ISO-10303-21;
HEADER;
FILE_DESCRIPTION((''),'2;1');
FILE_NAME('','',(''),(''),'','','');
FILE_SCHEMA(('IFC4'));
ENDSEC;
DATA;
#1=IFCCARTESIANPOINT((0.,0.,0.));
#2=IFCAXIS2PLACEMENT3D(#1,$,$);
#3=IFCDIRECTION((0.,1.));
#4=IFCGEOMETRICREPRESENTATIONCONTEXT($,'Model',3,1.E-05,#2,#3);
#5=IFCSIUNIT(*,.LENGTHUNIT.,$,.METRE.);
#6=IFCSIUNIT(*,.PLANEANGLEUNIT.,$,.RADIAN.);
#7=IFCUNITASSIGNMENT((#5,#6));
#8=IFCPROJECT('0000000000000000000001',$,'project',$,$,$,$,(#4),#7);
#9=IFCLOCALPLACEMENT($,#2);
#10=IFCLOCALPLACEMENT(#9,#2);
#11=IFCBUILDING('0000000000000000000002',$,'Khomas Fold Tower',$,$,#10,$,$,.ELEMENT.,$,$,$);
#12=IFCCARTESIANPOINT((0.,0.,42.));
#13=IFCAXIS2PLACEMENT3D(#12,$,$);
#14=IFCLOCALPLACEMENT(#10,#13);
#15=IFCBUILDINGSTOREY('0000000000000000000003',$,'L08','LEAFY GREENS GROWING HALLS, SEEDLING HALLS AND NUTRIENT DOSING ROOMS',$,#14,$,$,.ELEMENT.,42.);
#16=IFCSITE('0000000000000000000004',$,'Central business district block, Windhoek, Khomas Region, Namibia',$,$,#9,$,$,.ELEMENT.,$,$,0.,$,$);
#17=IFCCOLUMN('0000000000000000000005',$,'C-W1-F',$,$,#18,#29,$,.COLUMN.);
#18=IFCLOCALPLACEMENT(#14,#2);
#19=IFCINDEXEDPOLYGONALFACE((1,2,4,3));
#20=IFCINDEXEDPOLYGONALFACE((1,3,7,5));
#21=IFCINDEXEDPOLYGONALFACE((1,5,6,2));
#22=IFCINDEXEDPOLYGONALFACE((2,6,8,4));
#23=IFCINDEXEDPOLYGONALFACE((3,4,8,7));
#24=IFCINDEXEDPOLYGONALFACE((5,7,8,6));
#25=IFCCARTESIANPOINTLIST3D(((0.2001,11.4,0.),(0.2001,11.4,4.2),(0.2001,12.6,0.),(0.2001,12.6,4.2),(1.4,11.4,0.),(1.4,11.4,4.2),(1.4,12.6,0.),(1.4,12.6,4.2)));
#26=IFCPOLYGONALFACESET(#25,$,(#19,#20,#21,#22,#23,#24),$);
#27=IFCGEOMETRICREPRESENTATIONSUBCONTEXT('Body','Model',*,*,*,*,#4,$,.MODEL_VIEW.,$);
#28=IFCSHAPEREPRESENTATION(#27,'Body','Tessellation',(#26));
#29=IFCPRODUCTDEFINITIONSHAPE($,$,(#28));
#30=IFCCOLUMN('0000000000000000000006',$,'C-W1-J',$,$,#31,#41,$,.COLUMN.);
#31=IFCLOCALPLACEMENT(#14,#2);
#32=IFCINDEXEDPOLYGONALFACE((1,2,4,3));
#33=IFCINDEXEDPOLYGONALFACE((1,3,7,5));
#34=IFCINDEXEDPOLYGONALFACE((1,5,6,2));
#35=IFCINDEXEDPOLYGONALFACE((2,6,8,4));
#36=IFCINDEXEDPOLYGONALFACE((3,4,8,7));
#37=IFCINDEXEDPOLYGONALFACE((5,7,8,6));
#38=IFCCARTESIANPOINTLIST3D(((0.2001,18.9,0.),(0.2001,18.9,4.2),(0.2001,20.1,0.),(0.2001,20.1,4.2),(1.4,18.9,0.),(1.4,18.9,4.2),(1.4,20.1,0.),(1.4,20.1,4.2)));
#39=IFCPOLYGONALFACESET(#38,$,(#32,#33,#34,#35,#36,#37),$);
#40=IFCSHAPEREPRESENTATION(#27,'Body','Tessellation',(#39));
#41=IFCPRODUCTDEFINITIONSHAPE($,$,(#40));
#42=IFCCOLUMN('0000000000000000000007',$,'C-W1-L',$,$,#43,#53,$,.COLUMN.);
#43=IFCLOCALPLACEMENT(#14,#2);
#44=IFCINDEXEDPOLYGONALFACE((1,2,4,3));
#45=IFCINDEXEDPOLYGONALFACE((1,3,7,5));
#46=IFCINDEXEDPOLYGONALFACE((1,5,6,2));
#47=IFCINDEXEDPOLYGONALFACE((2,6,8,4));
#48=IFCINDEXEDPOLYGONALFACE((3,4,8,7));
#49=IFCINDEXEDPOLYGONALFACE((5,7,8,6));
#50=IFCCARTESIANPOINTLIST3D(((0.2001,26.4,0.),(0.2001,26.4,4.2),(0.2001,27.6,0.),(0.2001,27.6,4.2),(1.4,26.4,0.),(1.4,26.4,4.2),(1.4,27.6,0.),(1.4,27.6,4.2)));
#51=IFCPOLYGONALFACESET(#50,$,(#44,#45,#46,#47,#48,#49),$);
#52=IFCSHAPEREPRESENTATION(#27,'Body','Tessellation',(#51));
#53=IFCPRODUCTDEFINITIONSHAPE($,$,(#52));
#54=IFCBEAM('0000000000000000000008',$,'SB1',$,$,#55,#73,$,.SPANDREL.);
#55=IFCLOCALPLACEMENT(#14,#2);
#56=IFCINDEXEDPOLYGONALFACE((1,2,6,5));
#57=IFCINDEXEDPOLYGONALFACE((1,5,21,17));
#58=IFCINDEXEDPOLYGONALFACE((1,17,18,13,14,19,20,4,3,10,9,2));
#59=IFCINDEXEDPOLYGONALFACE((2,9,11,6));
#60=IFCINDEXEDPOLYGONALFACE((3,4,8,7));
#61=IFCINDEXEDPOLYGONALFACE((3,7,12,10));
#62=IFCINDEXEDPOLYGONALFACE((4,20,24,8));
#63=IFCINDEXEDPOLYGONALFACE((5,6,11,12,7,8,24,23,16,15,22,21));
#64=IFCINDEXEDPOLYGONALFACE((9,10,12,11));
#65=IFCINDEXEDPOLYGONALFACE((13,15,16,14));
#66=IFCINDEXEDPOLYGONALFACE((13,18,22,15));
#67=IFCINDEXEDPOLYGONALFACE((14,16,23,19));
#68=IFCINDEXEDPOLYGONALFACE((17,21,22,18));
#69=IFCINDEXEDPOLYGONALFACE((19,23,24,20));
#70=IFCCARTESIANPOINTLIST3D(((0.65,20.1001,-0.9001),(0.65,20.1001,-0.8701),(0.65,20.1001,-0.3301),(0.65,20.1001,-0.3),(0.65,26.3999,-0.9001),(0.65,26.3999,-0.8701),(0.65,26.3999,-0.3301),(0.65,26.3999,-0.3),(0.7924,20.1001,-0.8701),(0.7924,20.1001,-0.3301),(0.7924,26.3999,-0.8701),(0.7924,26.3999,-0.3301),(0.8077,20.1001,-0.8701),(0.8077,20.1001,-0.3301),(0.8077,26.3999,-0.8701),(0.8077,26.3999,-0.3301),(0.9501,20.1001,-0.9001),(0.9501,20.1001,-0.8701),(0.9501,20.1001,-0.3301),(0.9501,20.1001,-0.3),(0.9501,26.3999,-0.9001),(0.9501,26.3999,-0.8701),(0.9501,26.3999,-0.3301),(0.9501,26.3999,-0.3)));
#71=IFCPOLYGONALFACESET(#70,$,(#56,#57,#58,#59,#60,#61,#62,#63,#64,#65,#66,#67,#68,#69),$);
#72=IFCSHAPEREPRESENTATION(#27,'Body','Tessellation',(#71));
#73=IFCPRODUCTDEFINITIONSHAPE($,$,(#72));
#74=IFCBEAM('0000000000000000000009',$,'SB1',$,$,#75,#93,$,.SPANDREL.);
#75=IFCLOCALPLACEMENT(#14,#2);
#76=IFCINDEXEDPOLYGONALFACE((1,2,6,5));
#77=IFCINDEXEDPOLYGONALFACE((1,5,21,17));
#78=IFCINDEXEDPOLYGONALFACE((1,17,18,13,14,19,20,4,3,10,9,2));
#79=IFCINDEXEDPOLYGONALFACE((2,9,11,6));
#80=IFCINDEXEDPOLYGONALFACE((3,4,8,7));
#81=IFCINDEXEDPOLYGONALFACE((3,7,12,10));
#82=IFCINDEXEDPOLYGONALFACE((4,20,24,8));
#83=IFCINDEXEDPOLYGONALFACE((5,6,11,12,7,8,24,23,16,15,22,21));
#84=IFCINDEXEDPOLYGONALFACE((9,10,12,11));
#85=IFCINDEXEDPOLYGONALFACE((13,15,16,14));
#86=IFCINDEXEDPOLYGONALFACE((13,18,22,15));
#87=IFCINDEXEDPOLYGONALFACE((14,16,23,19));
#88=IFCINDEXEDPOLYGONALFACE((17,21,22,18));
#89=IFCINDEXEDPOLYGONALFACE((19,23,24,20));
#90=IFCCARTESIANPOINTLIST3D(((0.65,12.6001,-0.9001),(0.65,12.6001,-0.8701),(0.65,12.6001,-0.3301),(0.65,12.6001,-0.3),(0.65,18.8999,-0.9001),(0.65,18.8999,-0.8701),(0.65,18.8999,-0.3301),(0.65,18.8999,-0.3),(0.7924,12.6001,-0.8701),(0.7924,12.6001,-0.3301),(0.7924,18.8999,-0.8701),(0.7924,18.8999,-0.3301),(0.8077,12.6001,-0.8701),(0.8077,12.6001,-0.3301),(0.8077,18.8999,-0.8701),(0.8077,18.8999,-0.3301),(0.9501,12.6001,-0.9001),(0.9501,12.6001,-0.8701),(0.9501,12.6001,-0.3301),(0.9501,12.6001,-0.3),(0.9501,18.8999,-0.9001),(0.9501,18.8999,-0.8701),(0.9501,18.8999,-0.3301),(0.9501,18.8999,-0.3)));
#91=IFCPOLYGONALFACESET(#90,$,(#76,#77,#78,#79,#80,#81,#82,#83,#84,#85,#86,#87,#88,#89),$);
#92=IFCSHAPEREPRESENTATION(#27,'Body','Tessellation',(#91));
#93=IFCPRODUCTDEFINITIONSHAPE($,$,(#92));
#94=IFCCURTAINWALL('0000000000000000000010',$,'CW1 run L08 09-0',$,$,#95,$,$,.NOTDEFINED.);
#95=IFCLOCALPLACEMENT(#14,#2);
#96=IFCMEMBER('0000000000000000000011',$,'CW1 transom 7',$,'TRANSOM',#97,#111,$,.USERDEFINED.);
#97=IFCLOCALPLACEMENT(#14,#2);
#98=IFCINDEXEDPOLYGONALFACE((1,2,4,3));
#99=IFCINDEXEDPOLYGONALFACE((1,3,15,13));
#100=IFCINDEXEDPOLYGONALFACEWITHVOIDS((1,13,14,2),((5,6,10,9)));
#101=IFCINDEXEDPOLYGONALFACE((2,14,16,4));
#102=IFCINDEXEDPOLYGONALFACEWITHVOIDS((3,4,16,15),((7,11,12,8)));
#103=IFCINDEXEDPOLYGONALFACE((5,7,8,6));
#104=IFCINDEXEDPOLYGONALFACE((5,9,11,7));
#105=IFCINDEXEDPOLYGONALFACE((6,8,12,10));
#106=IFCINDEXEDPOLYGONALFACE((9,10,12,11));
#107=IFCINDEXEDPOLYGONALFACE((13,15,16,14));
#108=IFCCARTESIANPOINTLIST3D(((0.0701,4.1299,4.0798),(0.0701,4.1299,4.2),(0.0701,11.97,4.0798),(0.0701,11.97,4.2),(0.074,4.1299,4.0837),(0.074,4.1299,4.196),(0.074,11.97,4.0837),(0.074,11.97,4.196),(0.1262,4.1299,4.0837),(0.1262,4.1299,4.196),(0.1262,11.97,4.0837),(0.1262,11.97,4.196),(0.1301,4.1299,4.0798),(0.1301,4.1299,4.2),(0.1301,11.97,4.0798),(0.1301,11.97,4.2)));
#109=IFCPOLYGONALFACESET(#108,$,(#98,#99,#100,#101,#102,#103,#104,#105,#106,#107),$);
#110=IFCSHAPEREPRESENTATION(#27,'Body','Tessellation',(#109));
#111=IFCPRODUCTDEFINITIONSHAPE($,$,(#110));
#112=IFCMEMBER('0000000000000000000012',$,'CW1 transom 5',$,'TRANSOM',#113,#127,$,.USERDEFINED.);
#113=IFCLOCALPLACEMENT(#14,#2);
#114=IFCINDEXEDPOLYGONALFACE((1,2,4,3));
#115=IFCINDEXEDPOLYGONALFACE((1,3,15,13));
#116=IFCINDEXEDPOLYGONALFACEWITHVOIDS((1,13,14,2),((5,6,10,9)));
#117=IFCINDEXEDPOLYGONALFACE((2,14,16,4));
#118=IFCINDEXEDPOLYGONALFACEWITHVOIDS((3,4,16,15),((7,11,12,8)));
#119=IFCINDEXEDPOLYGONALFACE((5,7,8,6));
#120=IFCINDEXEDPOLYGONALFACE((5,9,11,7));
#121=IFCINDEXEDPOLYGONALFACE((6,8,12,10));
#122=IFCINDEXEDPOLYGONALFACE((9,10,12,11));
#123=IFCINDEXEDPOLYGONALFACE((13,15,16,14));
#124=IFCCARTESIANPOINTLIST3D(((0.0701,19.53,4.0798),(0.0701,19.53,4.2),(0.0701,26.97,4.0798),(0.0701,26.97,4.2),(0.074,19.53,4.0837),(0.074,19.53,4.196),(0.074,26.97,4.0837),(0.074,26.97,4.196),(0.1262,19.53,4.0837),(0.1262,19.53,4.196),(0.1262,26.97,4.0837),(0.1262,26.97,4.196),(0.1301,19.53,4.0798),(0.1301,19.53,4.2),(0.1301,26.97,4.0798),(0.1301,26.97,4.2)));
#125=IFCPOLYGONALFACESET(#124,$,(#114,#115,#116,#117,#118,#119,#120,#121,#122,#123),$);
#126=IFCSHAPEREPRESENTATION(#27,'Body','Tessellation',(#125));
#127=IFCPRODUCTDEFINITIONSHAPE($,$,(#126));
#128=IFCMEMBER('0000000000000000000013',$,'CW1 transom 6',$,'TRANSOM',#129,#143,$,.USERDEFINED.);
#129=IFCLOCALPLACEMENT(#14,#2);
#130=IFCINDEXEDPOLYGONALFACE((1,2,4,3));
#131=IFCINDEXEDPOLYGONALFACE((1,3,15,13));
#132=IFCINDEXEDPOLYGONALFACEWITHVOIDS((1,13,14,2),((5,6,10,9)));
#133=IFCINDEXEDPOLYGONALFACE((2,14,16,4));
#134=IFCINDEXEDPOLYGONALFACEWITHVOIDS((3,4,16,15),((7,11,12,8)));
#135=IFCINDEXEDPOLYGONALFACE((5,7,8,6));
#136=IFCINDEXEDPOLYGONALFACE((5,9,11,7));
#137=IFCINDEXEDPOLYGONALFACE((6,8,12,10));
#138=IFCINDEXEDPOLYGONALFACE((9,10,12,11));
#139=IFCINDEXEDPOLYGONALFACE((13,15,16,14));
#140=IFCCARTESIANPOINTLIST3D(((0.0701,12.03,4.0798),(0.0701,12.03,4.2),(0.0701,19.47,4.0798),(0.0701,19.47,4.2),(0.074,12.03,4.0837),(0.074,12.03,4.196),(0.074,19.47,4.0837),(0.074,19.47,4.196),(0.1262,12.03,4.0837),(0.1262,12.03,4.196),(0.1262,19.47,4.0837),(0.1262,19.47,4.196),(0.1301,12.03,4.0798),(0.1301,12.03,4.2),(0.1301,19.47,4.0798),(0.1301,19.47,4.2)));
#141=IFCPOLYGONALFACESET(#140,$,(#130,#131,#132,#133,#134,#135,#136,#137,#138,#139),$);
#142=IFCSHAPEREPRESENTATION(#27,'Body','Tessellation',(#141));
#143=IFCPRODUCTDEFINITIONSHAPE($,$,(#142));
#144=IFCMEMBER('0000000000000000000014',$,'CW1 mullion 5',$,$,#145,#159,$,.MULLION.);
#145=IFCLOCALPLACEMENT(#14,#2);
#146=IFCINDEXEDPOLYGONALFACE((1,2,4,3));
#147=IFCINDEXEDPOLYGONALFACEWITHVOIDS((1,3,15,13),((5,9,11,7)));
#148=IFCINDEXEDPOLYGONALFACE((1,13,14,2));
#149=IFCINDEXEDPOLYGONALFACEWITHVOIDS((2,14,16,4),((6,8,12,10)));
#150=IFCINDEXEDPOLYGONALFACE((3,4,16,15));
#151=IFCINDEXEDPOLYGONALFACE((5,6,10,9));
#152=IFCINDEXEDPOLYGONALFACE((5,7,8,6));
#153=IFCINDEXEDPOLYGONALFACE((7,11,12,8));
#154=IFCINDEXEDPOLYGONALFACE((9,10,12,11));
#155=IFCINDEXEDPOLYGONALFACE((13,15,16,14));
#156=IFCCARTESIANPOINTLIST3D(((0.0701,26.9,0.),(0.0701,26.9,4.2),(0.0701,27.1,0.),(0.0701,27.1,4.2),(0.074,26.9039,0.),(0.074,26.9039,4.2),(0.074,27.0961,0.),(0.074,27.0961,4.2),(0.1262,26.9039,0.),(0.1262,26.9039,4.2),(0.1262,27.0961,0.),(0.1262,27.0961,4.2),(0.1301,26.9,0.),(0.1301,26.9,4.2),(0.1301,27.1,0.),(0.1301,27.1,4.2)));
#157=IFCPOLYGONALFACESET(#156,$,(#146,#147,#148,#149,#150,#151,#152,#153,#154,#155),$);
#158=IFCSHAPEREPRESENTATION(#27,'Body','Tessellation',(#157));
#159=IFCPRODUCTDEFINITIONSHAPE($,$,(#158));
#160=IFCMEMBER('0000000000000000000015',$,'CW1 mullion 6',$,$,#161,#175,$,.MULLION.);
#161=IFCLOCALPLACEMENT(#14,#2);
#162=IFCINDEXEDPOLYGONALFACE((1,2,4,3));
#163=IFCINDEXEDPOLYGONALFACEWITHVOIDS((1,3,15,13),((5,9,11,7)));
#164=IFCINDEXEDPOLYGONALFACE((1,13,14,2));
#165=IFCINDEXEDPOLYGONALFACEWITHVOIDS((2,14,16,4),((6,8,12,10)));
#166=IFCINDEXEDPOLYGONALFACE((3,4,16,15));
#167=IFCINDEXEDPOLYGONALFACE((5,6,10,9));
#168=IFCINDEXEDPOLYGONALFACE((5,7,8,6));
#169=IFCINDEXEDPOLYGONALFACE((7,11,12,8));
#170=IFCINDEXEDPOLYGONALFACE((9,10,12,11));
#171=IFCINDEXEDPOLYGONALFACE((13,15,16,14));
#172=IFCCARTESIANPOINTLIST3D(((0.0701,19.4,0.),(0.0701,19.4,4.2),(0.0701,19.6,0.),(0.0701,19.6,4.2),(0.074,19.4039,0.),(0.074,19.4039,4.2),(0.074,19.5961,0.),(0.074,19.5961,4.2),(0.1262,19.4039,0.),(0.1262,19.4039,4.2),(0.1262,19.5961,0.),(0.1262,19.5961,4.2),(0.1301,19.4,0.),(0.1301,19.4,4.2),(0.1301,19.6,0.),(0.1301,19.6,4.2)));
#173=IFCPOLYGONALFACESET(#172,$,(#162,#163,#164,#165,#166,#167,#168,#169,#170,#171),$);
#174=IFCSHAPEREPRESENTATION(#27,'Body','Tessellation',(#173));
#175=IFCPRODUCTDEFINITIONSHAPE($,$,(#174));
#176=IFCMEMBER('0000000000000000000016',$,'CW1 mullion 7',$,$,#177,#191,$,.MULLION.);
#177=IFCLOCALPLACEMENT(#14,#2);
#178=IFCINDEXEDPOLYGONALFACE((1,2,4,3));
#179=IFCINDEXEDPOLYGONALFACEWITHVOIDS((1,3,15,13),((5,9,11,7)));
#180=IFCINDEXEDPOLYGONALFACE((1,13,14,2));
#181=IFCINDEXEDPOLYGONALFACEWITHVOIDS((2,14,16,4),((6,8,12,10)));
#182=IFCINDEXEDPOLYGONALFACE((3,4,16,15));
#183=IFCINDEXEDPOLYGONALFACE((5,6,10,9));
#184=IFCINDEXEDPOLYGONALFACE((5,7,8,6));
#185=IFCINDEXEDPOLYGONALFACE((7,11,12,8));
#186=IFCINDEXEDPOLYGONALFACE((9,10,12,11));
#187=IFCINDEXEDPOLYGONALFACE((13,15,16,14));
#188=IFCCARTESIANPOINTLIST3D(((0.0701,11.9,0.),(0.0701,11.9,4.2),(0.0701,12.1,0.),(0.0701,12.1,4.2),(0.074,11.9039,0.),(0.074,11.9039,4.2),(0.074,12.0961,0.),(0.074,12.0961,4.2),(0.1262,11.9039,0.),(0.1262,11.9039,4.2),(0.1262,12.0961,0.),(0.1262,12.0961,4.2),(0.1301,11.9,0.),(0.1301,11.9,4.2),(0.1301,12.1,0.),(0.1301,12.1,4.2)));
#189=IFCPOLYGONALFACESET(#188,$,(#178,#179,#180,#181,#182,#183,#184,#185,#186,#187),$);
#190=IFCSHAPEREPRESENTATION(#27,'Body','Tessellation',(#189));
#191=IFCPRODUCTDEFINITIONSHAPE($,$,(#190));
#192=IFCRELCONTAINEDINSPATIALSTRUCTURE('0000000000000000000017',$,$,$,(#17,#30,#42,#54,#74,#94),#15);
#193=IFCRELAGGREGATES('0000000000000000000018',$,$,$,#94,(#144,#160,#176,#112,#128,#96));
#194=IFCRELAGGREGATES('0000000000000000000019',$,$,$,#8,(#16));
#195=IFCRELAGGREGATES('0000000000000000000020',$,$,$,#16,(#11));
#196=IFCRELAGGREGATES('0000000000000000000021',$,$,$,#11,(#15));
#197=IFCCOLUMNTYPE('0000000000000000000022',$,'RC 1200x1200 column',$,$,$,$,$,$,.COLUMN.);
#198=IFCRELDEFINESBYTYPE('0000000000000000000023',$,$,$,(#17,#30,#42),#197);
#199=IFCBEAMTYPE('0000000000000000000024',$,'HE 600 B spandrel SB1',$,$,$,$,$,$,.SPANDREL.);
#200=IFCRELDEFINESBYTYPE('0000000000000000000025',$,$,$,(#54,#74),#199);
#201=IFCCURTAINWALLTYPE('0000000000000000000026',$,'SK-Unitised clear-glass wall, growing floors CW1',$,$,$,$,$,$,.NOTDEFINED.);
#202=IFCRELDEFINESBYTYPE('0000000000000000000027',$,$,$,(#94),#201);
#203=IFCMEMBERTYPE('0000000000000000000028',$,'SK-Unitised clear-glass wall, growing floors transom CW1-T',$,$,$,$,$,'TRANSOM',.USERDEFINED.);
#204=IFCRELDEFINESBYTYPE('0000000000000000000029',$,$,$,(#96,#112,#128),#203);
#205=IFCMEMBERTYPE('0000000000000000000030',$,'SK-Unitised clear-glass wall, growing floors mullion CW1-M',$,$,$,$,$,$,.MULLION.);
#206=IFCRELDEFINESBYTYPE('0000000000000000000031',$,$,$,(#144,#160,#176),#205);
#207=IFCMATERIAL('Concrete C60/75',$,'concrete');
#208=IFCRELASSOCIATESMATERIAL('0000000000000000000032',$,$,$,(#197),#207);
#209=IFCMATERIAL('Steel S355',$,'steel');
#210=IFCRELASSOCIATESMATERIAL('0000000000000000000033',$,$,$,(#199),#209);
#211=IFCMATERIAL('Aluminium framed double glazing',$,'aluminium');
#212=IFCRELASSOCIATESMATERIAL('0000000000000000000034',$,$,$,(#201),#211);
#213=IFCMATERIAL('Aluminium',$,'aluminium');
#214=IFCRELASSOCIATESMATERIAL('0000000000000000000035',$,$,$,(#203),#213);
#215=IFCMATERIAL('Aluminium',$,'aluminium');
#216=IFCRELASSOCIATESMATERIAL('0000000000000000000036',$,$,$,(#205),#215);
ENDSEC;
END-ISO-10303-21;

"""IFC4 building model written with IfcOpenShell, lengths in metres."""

from ifc_helpers import new_model, si_unit, direction, frame, origin, origin_2d, place, context, subcontext, project, spatial, rectangle, hollow_rectangle, i_section, extrude, source, transform, mapped, material, material_profile, profile_set, type_object, element, aggregate, save


model = new_model("IFC4")

# Units and contexts
model_context = context("Model", 3, precision=1e-05, world=origin(), true_north=direction((0.0, 1.0)))
body_context = subcontext(model_context, "Body", "Model", "MODEL_VIEW")
ifc_project = project(units=[si_unit("LENGTHUNIT", "METRE"), si_unit("PLANEANGLEUNIT", "RADIAN")], contexts=[model_context])

# Site, building, storey
site_placement = place(None, origin())
site = spatial("IfcSite", under=ifc_project, at=site_placement, Name="Central business district block, Windhoek, Khomas Region, Namibia", CompositionType="ELEMENT", RefElevation=0.0)
building_placement = place(site_placement, origin())
building = spatial("IfcBuilding", under=site, at=building_placement, Name="Khomas Fold Tower", CompositionType="ELEMENT")
storey_placement = place(building_placement, frame((0.0, 0.0, 42.0)))
storey = spatial("IfcBuildingStorey", under=building, at=storey_placement, Name="L08", Description="LEAFY GREENS GROWING HALLS, SEEDLING HALLS AND NUTRIENT DOSING ROOMS", CompositionType="ELEMENT", Elevation=42.0)

# Columns
ifc_material_1 = material(Name="Concrete C60/75", Category="concrete")
ifc_material_profile_1 = material_profile(ifc_material_1, rectangle(XDim=1.2, YDim=1.2, at=origin_2d()), Name="RC 1200x1200")
ifc_profile_set_1 = profile_set([ifc_material_profile_1], Name="Concrete C60/75")
column_type = type_object("IfcColumnType", Name="RC 1200x1200 column", PredefinedType="COLUMN", material=ifc_profile_set_1)
shared_shape_1 = source(origin(), body_context, "Body", "SweptSolid", [
    extrude(rectangle(XDim=1.2, YDim=1.2, at=origin_2d()), origin(), (0.0, 0.0, 1.0), 4.2),
])
for number, where, z_axis, x_axis, name in (
    (1, (0.8, 12.0, 0.0), (0.0, 0.0, 1.0), (1.0, 0.0, 0.0), "C-W1-F"),
    (2, (0.8, 19.5, 0.0), (0.0, 0.0, 1.0), (1.0, 0.0, 0.0), "C-W1-J"),
    (3, (0.8, 27.0, 0.0), (0.0, 0.0, 1.0), (1.0, 0.0, 0.0), "C-W1-L"),
):
    element("IfcColumn", number, at=place(storey_placement, frame(where, z_axis=z_axis, x_axis=x_axis)), inside=storey, type_object=column_type, Name=name, PredefinedType="COLUMN", context=body_context, shape_type="MappedRepresentation", body=[
        mapped(shared_shape_1, transform((0.0, 0.0, 0.0))),
    ])

# Beams
ifc_material_2 = material(Name="Steel S355", Category="steel")
ifc_material_profile_2 = material_profile(ifc_material_2, i_section(OverallWidth=0.3, OverallDepth=0.6001, WebThickness=0.0154, FlangeThickness=0.03, at=origin_2d()), Name="HE 600 B")
ifc_profile_set_2 = profile_set([ifc_material_profile_2], Name="Steel S355")
beam_type = type_object("IfcBeamType", Name="HE 600 B spandrel SB1", PredefinedType="SPANDREL", material=ifc_profile_set_2)
shared_shape_2 = source(origin(), body_context, "Body", "SweptSolid", [
    extrude(i_section(OverallWidth=0.3, OverallDepth=0.6001, WebThickness=0.0154, FlangeThickness=0.03, at=origin_2d()), origin(), (0.0, 0.0, 1.0), 6.2998),
])
for number, where, z_axis, x_axis, name in (
    (4, (0.8, 20.1001, -0.6001), (0.0, 1.0, 0.0), (-1.0, 0.0, 0.0), "SB1"),
    (5, (0.8, 12.6001, -0.6001), (0.0, 1.0, 0.0), (-1.0, 0.0, 0.0), "SB1"),
):
    element("IfcBeam", number, at=place(storey_placement, frame(where, z_axis=z_axis, x_axis=x_axis)), inside=storey, type_object=beam_type, Name=name, PredefinedType="SPANDREL", context=body_context, shape_type="MappedRepresentation", body=[
        mapped(shared_shape_2, transform((0.0, 0.0, 0.0))),
    ])

# Curtain wall, members
ifc_material_3 = material(Name="Aluminium framed double glazing", Category="aluminium")
curtain_wall_type = type_object("IfcCurtainWallType", Name="SK-Unitised clear-glass wall, growing floors CW1", PredefinedType="NOTDEFINED", material=ifc_material_3)
curtain_wall_placement = place(storey_placement, origin())
curtain_wall = element("IfcCurtainWall", 6, at=curtain_wall_placement, inside=storey, type_object=curtain_wall_type, Name="CW1 run L08 09-0", PredefinedType="NOTDEFINED")
ifc_material_4 = material(Name="Aluminium", Category="aluminium")
ifc_material_profile_3 = material_profile(ifc_material_4, hollow_rectangle(XDim=0.0601, YDim=0.1201, WallThickness=0.0039, at=origin_2d()), Name="SK-Unitised clear-glass wall, growing floors transom CW1-T")
ifc_profile_set_3 = profile_set([ifc_material_profile_3], Name="Aluminium")
member_type_1 = type_object("IfcMemberType", Name="SK-Unitised clear-glass wall, growing floors transom CW1-T", ElementType="TRANSOM", PredefinedType="USERDEFINED", material=ifc_profile_set_3)
shared_shape_3 = source(origin(), body_context, "Body", "SweptSolid", [
    extrude(hollow_rectangle(XDim=0.0601, YDim=0.1201, WallThickness=0.0039, at=origin_2d()), origin(), (0.0, 0.0, 1.0), 7.8401),
])
member_1_placement = place(storey_placement, frame((0.1001, 11.97, 4.1399), z_axis=(0.0, -1.0, 0.0), x_axis=(1.0, 0.0, 0.0)))
member_1 = element("IfcMember", 7, at=member_1_placement, type_object=member_type_1, Name="CW1 transom 7", ObjectType="TRANSOM", PredefinedType="USERDEFINED", context=body_context, shape_type="MappedRepresentation", body=[
    mapped(shared_shape_3, transform((0.0, 0.0, 0.0))),
])
shared_shape_4 = source(origin(), body_context, "Body", "SweptSolid", [
    extrude(hollow_rectangle(XDim=0.0601, YDim=0.1201, WallThickness=0.0039, at=origin_2d()), origin(), (0.0, 0.0, 1.0), 7.4399),
])
member_2_placement = place(storey_placement, frame((0.1001, 26.97, 4.1399), z_axis=(0.0, -1.0, 0.0), x_axis=(1.0, 0.0, 0.0)))
member_2 = element("IfcMember", 8, at=member_2_placement, type_object=member_type_1, Name="CW1 transom 5", ObjectType="TRANSOM", PredefinedType="USERDEFINED", context=body_context, shape_type="MappedRepresentation", body=[
    mapped(shared_shape_4, transform((0.0, 0.0, 0.0))),
])
member_3_placement = place(storey_placement, frame((0.1001, 19.47, 4.1399), z_axis=(0.0, -1.0, 0.0), x_axis=(1.0, 0.0, 0.0)))
member_3 = element("IfcMember", 9, at=member_3_placement, type_object=member_type_1, Name="CW1 transom 6", ObjectType="TRANSOM", PredefinedType="USERDEFINED", context=body_context, shape_type="MappedRepresentation", body=[
    mapped(shared_shape_4, transform((0.0, 0.0, 0.0))),
])
ifc_material_5 = material(Name="Aluminium", Category="aluminium")
ifc_material_profile_4 = material_profile(ifc_material_5, hollow_rectangle(XDim=0.0601, YDim=0.2, WallThickness=0.0039, at=origin_2d()), Name="SK-Unitised clear-glass wall, growing floors mullion CW1-M")
ifc_profile_set_4 = profile_set([ifc_material_profile_4], Name="Aluminium")
member_type_2 = type_object("IfcMemberType", Name="SK-Unitised clear-glass wall, growing floors mullion CW1-M", PredefinedType="MULLION", material=ifc_profile_set_4)
shared_shape_5 = source(origin(), body_context, "Body", "SweptSolid", [
    extrude(hollow_rectangle(XDim=0.0601, YDim=0.2, WallThickness=0.0039, at=origin_2d()), origin(), (0.0, 0.0, 1.0), 4.2),
])
member_4_placement = place(storey_placement, frame((0.1001, 27.0, 0.0), z_axis=(0.0, 0.0, 1.0), x_axis=(1.0, 0.0, 0.0)))
member_4 = element("IfcMember", 10, at=member_4_placement, type_object=member_type_2, Name="CW1 mullion 5", PredefinedType="MULLION", context=body_context, shape_type="MappedRepresentation", body=[
    mapped(shared_shape_5, transform((0.0, 0.0, 0.0))),
])
member_5_placement = place(storey_placement, frame((0.1001, 19.5, 0.0), z_axis=(0.0, 0.0, 1.0), x_axis=(1.0, 0.0, 0.0)))
member_5 = element("IfcMember", 11, at=member_5_placement, type_object=member_type_2, Name="CW1 mullion 6", PredefinedType="MULLION", context=body_context, shape_type="MappedRepresentation", body=[
    mapped(shared_shape_5, transform((0.0, 0.0, 0.0))),
])
member_6_placement = place(storey_placement, frame((0.1001, 12.0, 0.0), z_axis=(0.0, 0.0, 1.0), x_axis=(1.0, 0.0, 0.0)))
member_6 = element("IfcMember", 12, at=member_6_placement, type_object=member_type_2, Name="CW1 mullion 7", PredefinedType="MULLION", context=body_context, shape_type="MappedRepresentation", body=[
    mapped(shared_shape_5, transform((0.0, 0.0, 0.0))),
])
aggregate(curtain_wall, [member_4, member_5, member_6, member_2, member_3, member_1])

save(model, "model.ifc")
